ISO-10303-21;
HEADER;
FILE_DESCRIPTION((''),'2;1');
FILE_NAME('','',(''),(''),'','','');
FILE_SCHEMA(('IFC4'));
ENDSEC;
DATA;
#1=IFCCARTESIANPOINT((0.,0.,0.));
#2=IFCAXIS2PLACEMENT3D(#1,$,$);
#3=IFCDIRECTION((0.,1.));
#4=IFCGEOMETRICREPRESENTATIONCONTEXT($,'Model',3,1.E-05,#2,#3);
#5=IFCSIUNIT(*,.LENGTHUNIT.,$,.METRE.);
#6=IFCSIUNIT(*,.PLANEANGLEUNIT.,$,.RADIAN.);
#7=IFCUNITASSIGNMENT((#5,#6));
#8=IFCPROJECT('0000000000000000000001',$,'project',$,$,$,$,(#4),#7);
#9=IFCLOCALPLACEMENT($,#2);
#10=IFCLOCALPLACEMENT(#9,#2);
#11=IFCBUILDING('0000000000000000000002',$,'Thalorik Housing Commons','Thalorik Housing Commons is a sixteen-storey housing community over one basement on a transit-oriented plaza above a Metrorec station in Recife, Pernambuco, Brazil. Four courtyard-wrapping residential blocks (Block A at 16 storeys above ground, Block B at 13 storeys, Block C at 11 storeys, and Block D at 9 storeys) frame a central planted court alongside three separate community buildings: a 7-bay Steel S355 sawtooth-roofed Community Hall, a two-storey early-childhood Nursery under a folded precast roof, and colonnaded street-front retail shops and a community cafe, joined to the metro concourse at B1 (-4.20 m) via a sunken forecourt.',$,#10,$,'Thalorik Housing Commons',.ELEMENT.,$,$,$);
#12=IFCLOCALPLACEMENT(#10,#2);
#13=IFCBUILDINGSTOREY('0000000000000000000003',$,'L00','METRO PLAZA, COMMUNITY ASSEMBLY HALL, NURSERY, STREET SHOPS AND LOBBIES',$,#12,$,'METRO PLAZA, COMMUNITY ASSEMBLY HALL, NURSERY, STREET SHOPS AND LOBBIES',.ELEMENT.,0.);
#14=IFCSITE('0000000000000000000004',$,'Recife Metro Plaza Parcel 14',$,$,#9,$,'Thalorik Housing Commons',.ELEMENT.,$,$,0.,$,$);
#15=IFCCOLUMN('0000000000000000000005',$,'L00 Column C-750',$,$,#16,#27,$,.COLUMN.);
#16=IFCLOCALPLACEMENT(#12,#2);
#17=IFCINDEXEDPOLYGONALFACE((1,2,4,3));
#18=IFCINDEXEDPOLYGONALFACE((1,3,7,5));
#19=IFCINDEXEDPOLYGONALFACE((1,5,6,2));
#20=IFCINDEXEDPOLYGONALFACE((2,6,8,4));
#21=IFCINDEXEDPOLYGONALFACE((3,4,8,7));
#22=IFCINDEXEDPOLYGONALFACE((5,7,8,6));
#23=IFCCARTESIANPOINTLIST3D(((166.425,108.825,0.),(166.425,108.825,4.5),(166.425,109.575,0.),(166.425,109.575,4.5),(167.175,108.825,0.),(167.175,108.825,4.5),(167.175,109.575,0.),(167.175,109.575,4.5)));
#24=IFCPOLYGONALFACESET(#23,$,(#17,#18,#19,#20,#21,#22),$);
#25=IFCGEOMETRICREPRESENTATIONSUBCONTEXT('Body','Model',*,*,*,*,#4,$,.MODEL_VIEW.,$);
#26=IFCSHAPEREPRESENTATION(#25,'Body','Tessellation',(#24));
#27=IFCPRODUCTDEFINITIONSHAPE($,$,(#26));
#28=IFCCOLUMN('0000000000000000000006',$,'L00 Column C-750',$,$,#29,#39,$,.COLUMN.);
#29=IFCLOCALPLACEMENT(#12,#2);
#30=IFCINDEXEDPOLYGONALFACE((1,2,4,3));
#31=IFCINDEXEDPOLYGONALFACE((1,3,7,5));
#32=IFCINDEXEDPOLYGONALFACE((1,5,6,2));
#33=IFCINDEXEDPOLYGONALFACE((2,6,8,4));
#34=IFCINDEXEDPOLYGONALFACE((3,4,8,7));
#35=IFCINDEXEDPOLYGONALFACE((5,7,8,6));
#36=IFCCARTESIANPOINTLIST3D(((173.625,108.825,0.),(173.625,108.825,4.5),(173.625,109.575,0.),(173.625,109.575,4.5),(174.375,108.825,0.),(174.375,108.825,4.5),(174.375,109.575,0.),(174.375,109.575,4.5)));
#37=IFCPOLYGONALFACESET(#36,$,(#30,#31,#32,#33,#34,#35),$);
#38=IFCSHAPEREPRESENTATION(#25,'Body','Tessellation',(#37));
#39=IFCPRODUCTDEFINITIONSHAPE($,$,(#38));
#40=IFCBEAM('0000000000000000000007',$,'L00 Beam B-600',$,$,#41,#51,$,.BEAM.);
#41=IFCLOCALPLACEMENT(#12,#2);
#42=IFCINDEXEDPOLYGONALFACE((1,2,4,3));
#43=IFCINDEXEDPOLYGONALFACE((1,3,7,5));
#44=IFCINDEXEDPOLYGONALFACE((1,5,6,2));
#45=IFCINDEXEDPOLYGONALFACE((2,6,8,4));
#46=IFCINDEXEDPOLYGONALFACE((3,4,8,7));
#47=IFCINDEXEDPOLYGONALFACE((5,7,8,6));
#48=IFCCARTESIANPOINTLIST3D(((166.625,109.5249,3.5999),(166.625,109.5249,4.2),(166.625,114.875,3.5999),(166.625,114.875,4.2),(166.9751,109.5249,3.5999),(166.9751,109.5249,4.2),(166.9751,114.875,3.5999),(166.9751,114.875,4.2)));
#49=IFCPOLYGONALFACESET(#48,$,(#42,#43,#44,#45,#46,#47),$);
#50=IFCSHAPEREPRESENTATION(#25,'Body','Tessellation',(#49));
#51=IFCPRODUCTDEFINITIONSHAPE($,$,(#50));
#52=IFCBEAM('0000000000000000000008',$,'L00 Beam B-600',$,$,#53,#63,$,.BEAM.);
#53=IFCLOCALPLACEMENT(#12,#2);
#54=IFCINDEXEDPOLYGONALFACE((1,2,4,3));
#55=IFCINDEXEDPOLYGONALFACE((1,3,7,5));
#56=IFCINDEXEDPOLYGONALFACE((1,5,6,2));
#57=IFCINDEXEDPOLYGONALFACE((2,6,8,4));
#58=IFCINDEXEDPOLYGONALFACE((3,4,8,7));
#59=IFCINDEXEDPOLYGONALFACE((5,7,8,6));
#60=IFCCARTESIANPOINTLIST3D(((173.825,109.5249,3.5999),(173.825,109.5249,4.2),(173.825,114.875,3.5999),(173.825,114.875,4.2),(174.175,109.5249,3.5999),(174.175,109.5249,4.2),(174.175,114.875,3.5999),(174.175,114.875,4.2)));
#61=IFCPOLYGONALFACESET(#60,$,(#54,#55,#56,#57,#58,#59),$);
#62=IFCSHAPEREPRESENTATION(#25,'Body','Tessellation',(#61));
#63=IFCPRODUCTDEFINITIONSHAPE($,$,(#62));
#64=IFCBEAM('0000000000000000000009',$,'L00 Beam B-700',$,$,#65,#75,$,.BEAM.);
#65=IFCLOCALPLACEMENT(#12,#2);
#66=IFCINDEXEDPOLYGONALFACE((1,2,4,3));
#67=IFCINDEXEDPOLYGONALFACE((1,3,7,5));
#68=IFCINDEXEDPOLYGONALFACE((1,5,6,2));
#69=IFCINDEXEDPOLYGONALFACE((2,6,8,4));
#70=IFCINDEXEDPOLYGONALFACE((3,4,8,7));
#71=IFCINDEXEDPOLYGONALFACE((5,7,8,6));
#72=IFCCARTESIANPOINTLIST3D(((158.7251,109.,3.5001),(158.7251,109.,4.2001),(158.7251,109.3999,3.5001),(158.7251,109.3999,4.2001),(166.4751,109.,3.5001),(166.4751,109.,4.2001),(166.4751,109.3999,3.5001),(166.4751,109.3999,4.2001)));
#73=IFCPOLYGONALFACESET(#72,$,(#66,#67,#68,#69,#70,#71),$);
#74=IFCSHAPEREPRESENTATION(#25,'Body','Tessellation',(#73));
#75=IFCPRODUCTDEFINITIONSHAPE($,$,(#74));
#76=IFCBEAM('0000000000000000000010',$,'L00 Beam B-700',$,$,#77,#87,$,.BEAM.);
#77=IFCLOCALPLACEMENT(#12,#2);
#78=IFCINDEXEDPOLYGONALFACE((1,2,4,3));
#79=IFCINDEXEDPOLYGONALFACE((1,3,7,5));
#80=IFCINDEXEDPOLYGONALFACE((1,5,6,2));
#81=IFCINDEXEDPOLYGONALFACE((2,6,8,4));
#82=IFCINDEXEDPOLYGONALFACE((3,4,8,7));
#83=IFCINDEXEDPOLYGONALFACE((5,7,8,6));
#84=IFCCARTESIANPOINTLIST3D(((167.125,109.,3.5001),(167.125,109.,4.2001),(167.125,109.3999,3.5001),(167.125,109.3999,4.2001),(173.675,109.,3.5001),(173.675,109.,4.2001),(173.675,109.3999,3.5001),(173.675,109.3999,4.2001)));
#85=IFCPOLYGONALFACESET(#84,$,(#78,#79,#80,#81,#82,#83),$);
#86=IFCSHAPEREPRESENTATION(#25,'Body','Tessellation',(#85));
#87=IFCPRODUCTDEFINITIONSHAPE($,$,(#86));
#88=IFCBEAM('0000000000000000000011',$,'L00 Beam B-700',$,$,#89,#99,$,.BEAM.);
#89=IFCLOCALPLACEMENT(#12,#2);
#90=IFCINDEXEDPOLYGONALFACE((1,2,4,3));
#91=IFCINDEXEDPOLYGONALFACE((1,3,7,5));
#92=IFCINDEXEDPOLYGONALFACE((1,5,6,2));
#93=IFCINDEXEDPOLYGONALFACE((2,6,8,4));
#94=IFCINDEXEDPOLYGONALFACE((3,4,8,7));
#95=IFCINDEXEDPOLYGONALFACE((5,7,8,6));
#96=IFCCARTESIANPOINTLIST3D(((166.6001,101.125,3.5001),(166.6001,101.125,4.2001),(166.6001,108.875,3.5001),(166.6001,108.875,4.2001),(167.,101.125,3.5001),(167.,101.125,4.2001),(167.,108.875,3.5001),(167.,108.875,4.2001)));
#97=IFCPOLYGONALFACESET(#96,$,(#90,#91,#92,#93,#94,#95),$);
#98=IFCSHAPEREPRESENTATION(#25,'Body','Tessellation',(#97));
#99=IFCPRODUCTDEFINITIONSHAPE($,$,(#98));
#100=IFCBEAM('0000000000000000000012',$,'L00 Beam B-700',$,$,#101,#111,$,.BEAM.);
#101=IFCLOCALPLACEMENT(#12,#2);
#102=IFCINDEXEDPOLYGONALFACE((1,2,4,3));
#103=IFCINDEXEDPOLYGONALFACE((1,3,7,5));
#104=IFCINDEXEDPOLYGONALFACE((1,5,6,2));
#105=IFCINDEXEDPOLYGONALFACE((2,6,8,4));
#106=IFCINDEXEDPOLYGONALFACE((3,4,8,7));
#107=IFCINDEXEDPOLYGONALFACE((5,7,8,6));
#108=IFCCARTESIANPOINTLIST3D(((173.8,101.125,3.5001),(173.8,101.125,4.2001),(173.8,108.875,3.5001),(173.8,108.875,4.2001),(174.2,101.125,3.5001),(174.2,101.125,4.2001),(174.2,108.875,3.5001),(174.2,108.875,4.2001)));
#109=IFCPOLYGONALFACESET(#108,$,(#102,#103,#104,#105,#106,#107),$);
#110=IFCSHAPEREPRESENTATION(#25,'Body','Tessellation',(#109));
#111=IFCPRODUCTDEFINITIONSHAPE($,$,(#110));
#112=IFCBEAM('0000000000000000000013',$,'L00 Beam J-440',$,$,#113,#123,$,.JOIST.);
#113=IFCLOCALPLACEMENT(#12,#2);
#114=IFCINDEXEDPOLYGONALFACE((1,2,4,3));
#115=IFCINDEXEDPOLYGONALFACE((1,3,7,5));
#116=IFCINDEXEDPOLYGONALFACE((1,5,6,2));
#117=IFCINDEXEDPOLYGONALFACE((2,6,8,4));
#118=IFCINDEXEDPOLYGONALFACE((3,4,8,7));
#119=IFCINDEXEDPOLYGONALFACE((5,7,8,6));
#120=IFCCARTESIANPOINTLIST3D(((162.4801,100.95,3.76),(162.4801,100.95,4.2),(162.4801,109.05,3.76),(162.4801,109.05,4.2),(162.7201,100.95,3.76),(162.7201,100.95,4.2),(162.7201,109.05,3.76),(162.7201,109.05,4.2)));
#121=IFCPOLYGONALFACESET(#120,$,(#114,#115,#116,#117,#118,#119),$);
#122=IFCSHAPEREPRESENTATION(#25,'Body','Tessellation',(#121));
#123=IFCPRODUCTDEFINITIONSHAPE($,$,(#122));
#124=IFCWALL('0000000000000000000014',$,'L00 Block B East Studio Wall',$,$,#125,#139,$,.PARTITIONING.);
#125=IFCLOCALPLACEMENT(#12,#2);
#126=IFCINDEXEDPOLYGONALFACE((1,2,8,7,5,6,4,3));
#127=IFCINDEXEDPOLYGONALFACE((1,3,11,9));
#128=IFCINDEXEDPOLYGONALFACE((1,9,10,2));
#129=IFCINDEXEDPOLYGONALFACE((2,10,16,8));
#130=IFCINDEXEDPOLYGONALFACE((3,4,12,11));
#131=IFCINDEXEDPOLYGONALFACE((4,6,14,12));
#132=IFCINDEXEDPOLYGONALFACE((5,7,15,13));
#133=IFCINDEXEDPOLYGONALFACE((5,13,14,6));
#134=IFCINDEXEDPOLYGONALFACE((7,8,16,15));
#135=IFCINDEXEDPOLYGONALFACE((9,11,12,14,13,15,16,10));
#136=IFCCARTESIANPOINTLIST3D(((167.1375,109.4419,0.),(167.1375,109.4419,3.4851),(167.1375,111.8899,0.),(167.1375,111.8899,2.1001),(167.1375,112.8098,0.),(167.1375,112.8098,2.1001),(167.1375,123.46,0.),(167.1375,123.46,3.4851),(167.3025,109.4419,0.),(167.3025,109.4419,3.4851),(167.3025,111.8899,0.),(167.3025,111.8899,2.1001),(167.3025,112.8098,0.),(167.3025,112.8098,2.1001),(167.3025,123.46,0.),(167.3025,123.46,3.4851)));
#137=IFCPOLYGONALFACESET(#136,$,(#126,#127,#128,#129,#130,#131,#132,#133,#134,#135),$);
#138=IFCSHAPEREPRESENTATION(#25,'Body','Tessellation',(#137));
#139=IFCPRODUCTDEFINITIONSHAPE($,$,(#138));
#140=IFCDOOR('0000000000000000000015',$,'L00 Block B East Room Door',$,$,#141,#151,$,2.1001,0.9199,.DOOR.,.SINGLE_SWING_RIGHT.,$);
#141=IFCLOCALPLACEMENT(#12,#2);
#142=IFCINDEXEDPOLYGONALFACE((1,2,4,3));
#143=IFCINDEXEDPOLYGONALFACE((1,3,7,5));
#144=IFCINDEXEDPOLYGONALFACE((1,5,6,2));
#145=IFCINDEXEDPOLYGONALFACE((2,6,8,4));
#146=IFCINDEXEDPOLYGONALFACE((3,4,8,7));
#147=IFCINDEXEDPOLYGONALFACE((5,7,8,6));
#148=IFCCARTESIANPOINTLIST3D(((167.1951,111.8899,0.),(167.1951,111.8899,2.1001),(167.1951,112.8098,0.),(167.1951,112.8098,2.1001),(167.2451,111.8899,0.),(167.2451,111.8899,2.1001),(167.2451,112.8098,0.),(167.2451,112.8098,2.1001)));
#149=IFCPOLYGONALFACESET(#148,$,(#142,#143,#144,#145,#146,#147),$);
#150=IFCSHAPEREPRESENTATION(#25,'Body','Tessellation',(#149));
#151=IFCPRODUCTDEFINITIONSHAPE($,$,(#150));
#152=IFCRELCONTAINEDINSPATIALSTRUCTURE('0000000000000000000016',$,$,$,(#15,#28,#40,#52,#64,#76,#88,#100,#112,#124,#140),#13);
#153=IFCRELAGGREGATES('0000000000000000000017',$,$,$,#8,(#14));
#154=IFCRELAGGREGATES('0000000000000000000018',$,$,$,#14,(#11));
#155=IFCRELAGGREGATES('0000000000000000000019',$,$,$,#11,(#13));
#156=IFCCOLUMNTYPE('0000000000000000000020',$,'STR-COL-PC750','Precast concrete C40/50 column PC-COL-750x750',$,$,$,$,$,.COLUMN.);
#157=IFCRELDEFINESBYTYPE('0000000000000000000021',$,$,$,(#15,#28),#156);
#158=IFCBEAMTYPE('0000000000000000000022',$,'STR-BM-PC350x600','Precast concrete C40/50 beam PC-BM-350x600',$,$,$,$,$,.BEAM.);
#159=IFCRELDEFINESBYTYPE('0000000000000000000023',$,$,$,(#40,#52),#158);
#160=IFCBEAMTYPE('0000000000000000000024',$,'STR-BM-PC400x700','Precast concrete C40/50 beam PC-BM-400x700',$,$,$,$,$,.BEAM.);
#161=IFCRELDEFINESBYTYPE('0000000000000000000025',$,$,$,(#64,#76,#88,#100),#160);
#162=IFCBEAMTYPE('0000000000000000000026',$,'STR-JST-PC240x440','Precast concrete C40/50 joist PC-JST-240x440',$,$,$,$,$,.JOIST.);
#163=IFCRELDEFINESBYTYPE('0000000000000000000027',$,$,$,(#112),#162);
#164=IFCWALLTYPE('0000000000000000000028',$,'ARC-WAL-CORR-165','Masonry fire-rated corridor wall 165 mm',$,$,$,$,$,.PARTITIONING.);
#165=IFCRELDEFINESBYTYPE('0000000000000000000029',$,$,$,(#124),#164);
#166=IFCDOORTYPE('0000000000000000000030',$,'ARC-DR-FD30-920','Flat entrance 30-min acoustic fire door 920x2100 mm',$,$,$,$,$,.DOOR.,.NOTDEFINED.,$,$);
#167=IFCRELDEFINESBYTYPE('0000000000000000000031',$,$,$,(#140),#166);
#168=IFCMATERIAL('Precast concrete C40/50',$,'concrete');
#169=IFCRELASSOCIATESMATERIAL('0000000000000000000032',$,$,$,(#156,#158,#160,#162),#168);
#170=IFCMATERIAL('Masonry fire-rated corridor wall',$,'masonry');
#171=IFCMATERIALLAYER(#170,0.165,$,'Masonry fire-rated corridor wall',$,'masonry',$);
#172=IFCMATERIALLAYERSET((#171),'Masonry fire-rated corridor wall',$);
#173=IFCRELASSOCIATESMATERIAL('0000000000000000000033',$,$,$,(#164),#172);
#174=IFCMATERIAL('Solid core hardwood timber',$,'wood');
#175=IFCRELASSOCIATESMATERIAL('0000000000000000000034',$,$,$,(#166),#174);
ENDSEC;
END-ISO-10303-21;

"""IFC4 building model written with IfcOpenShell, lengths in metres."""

from ifc_helpers import new_model, si_unit, direction, frame, frame_2d, origin, origin_2d, place, context, subcontext, project, spatial, rectangle, extrude, material, layer, layer_set, material_profile, profile_set, type_object, element, fill, save


model = new_model("IFC4")

# Units and contexts
model_context = context("Model", 3, precision=1e-05, world=origin(), true_north=direction((0.0, 1.0)))
body_context = subcontext(model_context, "Body", "Model", "MODEL_VIEW")
ifc_project = project(units=[si_unit("LENGTHUNIT", "METRE"), si_unit("PLANEANGLEUNIT", "RADIAN")], contexts=[model_context])

# Site, building, storey
site_placement = place(None, origin())
site = spatial("IfcSite", under=ifc_project, at=site_placement, Name="Recife Metro Plaza Parcel 14", LongName="Thalorik Housing Commons", CompositionType="ELEMENT", RefElevation=0.0)
building_placement = place(site_placement, origin())
building = spatial("IfcBuilding", under=site, at=building_placement, Name="Thalorik Housing Commons", Description="Thalorik Housing Commons is a sixteen-storey housing community over one basement on a transit-oriented plaza above a Metrorec station in Recife, Pernambuco, Brazil. Four courtyard-wrapping residential blocks (Block A at 16 storeys above ground, Block B at 13 storeys, Block C at 11 storeys, and Block D at 9 storeys) frame a central planted court alongside three separate community buildings: a 7-bay Steel S355 sawtooth-roofed Community Hall, a two-storey early-childhood Nursery under a folded precast roof, and colonnaded street-front retail shops and a community cafe, joined to the metro concourse at B1 (-4.20 m) via a sunken forecourt.", LongName="Thalorik Housing Commons", CompositionType="ELEMENT")
storey_placement = place(building_placement, origin())
storey = spatial("IfcBuildingStorey", under=building, at=storey_placement, Name="L00", Description="METRO PLAZA, COMMUNITY ASSEMBLY HALL, NURSERY, STREET SHOPS AND LOBBIES", LongName="METRO PLAZA, COMMUNITY ASSEMBLY HALL, NURSERY, STREET SHOPS AND LOBBIES", CompositionType="ELEMENT", Elevation=0.0)

# Columns
ifc_material_1 = material(Name="Precast concrete C40/50", Category="concrete")
ifc_material_profile_1 = material_profile(ifc_material_1, rectangle(XDim=0.75, YDim=0.75, at=origin_2d()), Name="PC 750x750", Category="concrete")
ifc_profile_set_1 = profile_set([ifc_material_profile_1], Name="Precast concrete C40/50")
column_type = type_object("IfcColumnType", Name="STR-COL-PC750", Description="Precast concrete C40/50 column PC-COL-750x750", PredefinedType="COLUMN", material=ifc_profile_set_1)
for number, where, z_axis, x_axis, name in (
    (1, (166.8, 109.2, 0.0), (0.0, 0.0, 1.0), (1.0, 0.0, 0.0), "L00 Column C-750"),
    (2, (174.0, 109.2, 0.0), (0.0, 0.0, 1.0), (1.0, 0.0, 0.0), "L00 Column C-750"),
):
    element("IfcColumn", number, at=place(storey_placement, frame(where, z_axis=z_axis, x_axis=x_axis)), inside=storey, type_object=column_type, Name=name, PredefinedType="COLUMN", context=body_context, shape_type="SweptSolid", body=[
        extrude(rectangle(XDim=0.75, YDim=0.75, at=origin_2d()), origin(), (0.0, 0.0, 1.0), 4.5),
    ])

# Beams
ifc_material_profile_2 = material_profile(ifc_material_1, rectangle(XDim=0.3501, YDim=0.6001, at=origin_2d()), Name="PC 350x600", Category="concrete")
ifc_profile_set_2 = profile_set([ifc_material_profile_2], Name="Precast concrete C40/50")
beam_type_1 = type_object("IfcBeamType", Name="STR-BM-PC350x600", Description="Precast concrete C40/50 beam PC-BM-350x600", PredefinedType="BEAM", material=ifc_profile_set_2)
for number, where, z_axis, x_axis, name in (
    (3, (166.8, 109.5249, 3.8999), (0.0, 1.0, 0.0), (-1.0, 0.0, 0.0), "L00 Beam B-600"),
    (4, (174.0, 109.5249, 3.8999), (0.0, 1.0, 0.0), (-1.0, 0.0, 0.0), "L00 Beam B-600"),
):
    element("IfcBeam", number, at=place(storey_placement, frame(where, z_axis=z_axis, x_axis=x_axis)), inside=storey, type_object=beam_type_1, Name=name, PredefinedType="BEAM", context=body_context, shape_type="SweptSolid", body=[
        extrude(rectangle(XDim=0.3501, YDim=0.6001, at=origin_2d()), origin(), (0.0, 0.0, 1.0), 5.3501),
    ])
ifc_material_profile_3 = material_profile(ifc_material_1, rectangle(XDim=0.3999, YDim=0.7, at=origin_2d()), Name="PC 400x700", Category="concrete")
ifc_profile_set_3 = profile_set([ifc_material_profile_3], Name="Precast concrete C40/50")
beam_type_2 = type_object("IfcBeamType", Name="STR-BM-PC400x700", Description="Precast concrete C40/50 beam PC-BM-400x700", PredefinedType="BEAM", material=ifc_profile_set_3)
beam_1_placement = place(storey_placement, frame((158.7251, 109.2, 3.8501), z_axis=(1.0, 0.0, 0.0), x_axis=(0.0, 1.0, 0.0)))
element("IfcBeam", 5, at=beam_1_placement, inside=storey, type_object=beam_type_2, Name="L00 Beam B-700", PredefinedType="BEAM", context=body_context, shape_type="SweptSolid", body=[
    extrude(rectangle(XDim=0.3999, YDim=0.7, at=origin_2d()), origin(), (0.0, 0.0, 1.0), 7.75),
])
beam_2_placement = place(storey_placement, frame((167.125, 109.2, 3.8501), z_axis=(1.0, 0.0, 0.0), x_axis=(0.0, 1.0, 0.0)))
element("IfcBeam", 6, at=beam_2_placement, inside=storey, type_object=beam_type_2, Name="L00 Beam B-700", PredefinedType="BEAM", context=body_context, shape_type="SweptSolid", body=[
    extrude(rectangle(XDim=0.3999, YDim=0.7, at=origin_2d()), origin(), (0.0, 0.0, 1.0), 6.55),
])
for number, where, z_axis, x_axis, name in (
    (7, (166.8, 101.125, 3.8501), (0.0, 1.0, 0.0), (-1.0, 0.0, 0.0), "L00 Beam B-700"),
    (8, (174.0, 101.125, 3.8501), (0.0, 1.0, 0.0), (-1.0, 0.0, 0.0), "L00 Beam B-700"),
):
    element("IfcBeam", number, at=place(storey_placement, frame(where, z_axis=z_axis, x_axis=x_axis)), inside=storey, type_object=beam_type_2, Name=name, PredefinedType="BEAM", context=body_context, shape_type="SweptSolid", body=[
        extrude(rectangle(XDim=0.3999, YDim=0.7, at=origin_2d()), origin(), (0.0, 0.0, 1.0), 7.75),
    ])
ifc_material_profile_4 = material_profile(ifc_material_1, rectangle(XDim=0.24, YDim=0.4399, at=origin_2d()), Name="PC JST 240x440", Category="concrete")
ifc_profile_set_4 = profile_set([ifc_material_profile_4], Name="Precast concrete C40/50")
beam_type_3 = type_object("IfcBeamType", Name="STR-JST-PC240x440", Description="Precast concrete C40/50 joist PC-JST-240x440", PredefinedType="JOIST", material=ifc_profile_set_4)
beam_3_placement = place(storey_placement, frame((162.6001, 100.95, 3.98), z_axis=(0.0, 1.0, 0.0), x_axis=(-1.0, 0.0, 0.0)))
element("IfcBeam", 9, at=beam_3_placement, inside=storey, type_object=beam_type_3, Name="L00 Beam J-440", PredefinedType="JOIST", context=body_context, shape_type="SweptSolid", body=[
    extrude(rectangle(XDim=0.24, YDim=0.4399, at=origin_2d()), origin(), (0.0, 0.0, 1.0), 8.1001),
])

# Wall, opening, door
ifc_material_2 = material(Name="Masonry fire-rated corridor wall", Category="masonry")
ifc_layer_1 = layer(ifc_material_2, 0.165, Name="Masonry fire-rated corridor wall", Category="masonry")
ifc_layer_set_1 = layer_set([ifc_layer_1], Name="Masonry fire-rated corridor wall")
wall_type_1 = type_object("IfcWallType", Name="ARC-WAL-CORR-165", Description="Masonry fire-rated corridor wall 165 mm", PredefinedType="PARTITIONING", material=ifc_layer_set_1)
wall_1_placement = place(storey_placement, frame((167.22, 109.4419, 0.0), z_axis=(0.0, 0.0, 1.0), x_axis=(0.0, 1.0, 0.0)))
wall_1 = element("IfcWall", 10, at=wall_1_placement, inside=storey, type_object=wall_type_1, Name="L00 Block B East Studio Wall", PredefinedType="PARTITIONING", context=body_context, shape_type="SweptSolid", body=[
    extrude(rectangle(XDim=14.0181, YDim=0.165, at=frame_2d((7.009, 0.0))), origin(), (0.0, 0.0, 1.0), 3.4851),
])
opening_1_placement = place(wall_1_placement, frame((2.448, 0.0, 0.0)))
opening_1 = element("IfcOpeningElement", 11, at=opening_1_placement, cuts=wall_1, PredefinedType="OPENING", context=body_context, shape_type="SweptSolid", body=[
    extrude(rectangle(XDim=0.9199, YDim=2.1001, at=frame_2d((0.46, 1.05))), frame((0.0, 0.0925, 0.0), z_axis=(0.0, -1.0, 0.0), x_axis=(1.0, 0.0, 0.0)), (0.0, 0.0, 1.0), 0.1851),
])
ifc_material_3 = material(Name="Solid core hardwood timber", Category="wood")
door_type = type_object("IfcDoorType", Name="ARC-DR-FD30-920", Description="Flat entrance 30-min acoustic fire door 920x2100 mm", OperationType="NOTDEFINED", PredefinedType="DOOR", material=ifc_material_3)
door_placement = place(opening_1_placement, origin())
door = element("IfcDoor", 12, at=door_placement, inside=storey, type_object=door_type, Name="L00 Block B East Room Door", OperationType="SINGLE_SWING_RIGHT", OverallHeight=2.1001, OverallWidth=0.9199, PredefinedType="DOOR", context=body_context, shape_type="SweptSolid", body=[
    extrude(rectangle(XDim=0.9199, YDim=2.1001, at=frame_2d((0.46, 1.05))), frame((0.0, 0.0249, 0.0), z_axis=(0.0, -1.0, 0.0), x_axis=(1.0, 0.0, 0.0)), (0.0, 0.0, 1.0), 0.05),
])
fill(opening_1, door)

save(model, "model.ifc")
